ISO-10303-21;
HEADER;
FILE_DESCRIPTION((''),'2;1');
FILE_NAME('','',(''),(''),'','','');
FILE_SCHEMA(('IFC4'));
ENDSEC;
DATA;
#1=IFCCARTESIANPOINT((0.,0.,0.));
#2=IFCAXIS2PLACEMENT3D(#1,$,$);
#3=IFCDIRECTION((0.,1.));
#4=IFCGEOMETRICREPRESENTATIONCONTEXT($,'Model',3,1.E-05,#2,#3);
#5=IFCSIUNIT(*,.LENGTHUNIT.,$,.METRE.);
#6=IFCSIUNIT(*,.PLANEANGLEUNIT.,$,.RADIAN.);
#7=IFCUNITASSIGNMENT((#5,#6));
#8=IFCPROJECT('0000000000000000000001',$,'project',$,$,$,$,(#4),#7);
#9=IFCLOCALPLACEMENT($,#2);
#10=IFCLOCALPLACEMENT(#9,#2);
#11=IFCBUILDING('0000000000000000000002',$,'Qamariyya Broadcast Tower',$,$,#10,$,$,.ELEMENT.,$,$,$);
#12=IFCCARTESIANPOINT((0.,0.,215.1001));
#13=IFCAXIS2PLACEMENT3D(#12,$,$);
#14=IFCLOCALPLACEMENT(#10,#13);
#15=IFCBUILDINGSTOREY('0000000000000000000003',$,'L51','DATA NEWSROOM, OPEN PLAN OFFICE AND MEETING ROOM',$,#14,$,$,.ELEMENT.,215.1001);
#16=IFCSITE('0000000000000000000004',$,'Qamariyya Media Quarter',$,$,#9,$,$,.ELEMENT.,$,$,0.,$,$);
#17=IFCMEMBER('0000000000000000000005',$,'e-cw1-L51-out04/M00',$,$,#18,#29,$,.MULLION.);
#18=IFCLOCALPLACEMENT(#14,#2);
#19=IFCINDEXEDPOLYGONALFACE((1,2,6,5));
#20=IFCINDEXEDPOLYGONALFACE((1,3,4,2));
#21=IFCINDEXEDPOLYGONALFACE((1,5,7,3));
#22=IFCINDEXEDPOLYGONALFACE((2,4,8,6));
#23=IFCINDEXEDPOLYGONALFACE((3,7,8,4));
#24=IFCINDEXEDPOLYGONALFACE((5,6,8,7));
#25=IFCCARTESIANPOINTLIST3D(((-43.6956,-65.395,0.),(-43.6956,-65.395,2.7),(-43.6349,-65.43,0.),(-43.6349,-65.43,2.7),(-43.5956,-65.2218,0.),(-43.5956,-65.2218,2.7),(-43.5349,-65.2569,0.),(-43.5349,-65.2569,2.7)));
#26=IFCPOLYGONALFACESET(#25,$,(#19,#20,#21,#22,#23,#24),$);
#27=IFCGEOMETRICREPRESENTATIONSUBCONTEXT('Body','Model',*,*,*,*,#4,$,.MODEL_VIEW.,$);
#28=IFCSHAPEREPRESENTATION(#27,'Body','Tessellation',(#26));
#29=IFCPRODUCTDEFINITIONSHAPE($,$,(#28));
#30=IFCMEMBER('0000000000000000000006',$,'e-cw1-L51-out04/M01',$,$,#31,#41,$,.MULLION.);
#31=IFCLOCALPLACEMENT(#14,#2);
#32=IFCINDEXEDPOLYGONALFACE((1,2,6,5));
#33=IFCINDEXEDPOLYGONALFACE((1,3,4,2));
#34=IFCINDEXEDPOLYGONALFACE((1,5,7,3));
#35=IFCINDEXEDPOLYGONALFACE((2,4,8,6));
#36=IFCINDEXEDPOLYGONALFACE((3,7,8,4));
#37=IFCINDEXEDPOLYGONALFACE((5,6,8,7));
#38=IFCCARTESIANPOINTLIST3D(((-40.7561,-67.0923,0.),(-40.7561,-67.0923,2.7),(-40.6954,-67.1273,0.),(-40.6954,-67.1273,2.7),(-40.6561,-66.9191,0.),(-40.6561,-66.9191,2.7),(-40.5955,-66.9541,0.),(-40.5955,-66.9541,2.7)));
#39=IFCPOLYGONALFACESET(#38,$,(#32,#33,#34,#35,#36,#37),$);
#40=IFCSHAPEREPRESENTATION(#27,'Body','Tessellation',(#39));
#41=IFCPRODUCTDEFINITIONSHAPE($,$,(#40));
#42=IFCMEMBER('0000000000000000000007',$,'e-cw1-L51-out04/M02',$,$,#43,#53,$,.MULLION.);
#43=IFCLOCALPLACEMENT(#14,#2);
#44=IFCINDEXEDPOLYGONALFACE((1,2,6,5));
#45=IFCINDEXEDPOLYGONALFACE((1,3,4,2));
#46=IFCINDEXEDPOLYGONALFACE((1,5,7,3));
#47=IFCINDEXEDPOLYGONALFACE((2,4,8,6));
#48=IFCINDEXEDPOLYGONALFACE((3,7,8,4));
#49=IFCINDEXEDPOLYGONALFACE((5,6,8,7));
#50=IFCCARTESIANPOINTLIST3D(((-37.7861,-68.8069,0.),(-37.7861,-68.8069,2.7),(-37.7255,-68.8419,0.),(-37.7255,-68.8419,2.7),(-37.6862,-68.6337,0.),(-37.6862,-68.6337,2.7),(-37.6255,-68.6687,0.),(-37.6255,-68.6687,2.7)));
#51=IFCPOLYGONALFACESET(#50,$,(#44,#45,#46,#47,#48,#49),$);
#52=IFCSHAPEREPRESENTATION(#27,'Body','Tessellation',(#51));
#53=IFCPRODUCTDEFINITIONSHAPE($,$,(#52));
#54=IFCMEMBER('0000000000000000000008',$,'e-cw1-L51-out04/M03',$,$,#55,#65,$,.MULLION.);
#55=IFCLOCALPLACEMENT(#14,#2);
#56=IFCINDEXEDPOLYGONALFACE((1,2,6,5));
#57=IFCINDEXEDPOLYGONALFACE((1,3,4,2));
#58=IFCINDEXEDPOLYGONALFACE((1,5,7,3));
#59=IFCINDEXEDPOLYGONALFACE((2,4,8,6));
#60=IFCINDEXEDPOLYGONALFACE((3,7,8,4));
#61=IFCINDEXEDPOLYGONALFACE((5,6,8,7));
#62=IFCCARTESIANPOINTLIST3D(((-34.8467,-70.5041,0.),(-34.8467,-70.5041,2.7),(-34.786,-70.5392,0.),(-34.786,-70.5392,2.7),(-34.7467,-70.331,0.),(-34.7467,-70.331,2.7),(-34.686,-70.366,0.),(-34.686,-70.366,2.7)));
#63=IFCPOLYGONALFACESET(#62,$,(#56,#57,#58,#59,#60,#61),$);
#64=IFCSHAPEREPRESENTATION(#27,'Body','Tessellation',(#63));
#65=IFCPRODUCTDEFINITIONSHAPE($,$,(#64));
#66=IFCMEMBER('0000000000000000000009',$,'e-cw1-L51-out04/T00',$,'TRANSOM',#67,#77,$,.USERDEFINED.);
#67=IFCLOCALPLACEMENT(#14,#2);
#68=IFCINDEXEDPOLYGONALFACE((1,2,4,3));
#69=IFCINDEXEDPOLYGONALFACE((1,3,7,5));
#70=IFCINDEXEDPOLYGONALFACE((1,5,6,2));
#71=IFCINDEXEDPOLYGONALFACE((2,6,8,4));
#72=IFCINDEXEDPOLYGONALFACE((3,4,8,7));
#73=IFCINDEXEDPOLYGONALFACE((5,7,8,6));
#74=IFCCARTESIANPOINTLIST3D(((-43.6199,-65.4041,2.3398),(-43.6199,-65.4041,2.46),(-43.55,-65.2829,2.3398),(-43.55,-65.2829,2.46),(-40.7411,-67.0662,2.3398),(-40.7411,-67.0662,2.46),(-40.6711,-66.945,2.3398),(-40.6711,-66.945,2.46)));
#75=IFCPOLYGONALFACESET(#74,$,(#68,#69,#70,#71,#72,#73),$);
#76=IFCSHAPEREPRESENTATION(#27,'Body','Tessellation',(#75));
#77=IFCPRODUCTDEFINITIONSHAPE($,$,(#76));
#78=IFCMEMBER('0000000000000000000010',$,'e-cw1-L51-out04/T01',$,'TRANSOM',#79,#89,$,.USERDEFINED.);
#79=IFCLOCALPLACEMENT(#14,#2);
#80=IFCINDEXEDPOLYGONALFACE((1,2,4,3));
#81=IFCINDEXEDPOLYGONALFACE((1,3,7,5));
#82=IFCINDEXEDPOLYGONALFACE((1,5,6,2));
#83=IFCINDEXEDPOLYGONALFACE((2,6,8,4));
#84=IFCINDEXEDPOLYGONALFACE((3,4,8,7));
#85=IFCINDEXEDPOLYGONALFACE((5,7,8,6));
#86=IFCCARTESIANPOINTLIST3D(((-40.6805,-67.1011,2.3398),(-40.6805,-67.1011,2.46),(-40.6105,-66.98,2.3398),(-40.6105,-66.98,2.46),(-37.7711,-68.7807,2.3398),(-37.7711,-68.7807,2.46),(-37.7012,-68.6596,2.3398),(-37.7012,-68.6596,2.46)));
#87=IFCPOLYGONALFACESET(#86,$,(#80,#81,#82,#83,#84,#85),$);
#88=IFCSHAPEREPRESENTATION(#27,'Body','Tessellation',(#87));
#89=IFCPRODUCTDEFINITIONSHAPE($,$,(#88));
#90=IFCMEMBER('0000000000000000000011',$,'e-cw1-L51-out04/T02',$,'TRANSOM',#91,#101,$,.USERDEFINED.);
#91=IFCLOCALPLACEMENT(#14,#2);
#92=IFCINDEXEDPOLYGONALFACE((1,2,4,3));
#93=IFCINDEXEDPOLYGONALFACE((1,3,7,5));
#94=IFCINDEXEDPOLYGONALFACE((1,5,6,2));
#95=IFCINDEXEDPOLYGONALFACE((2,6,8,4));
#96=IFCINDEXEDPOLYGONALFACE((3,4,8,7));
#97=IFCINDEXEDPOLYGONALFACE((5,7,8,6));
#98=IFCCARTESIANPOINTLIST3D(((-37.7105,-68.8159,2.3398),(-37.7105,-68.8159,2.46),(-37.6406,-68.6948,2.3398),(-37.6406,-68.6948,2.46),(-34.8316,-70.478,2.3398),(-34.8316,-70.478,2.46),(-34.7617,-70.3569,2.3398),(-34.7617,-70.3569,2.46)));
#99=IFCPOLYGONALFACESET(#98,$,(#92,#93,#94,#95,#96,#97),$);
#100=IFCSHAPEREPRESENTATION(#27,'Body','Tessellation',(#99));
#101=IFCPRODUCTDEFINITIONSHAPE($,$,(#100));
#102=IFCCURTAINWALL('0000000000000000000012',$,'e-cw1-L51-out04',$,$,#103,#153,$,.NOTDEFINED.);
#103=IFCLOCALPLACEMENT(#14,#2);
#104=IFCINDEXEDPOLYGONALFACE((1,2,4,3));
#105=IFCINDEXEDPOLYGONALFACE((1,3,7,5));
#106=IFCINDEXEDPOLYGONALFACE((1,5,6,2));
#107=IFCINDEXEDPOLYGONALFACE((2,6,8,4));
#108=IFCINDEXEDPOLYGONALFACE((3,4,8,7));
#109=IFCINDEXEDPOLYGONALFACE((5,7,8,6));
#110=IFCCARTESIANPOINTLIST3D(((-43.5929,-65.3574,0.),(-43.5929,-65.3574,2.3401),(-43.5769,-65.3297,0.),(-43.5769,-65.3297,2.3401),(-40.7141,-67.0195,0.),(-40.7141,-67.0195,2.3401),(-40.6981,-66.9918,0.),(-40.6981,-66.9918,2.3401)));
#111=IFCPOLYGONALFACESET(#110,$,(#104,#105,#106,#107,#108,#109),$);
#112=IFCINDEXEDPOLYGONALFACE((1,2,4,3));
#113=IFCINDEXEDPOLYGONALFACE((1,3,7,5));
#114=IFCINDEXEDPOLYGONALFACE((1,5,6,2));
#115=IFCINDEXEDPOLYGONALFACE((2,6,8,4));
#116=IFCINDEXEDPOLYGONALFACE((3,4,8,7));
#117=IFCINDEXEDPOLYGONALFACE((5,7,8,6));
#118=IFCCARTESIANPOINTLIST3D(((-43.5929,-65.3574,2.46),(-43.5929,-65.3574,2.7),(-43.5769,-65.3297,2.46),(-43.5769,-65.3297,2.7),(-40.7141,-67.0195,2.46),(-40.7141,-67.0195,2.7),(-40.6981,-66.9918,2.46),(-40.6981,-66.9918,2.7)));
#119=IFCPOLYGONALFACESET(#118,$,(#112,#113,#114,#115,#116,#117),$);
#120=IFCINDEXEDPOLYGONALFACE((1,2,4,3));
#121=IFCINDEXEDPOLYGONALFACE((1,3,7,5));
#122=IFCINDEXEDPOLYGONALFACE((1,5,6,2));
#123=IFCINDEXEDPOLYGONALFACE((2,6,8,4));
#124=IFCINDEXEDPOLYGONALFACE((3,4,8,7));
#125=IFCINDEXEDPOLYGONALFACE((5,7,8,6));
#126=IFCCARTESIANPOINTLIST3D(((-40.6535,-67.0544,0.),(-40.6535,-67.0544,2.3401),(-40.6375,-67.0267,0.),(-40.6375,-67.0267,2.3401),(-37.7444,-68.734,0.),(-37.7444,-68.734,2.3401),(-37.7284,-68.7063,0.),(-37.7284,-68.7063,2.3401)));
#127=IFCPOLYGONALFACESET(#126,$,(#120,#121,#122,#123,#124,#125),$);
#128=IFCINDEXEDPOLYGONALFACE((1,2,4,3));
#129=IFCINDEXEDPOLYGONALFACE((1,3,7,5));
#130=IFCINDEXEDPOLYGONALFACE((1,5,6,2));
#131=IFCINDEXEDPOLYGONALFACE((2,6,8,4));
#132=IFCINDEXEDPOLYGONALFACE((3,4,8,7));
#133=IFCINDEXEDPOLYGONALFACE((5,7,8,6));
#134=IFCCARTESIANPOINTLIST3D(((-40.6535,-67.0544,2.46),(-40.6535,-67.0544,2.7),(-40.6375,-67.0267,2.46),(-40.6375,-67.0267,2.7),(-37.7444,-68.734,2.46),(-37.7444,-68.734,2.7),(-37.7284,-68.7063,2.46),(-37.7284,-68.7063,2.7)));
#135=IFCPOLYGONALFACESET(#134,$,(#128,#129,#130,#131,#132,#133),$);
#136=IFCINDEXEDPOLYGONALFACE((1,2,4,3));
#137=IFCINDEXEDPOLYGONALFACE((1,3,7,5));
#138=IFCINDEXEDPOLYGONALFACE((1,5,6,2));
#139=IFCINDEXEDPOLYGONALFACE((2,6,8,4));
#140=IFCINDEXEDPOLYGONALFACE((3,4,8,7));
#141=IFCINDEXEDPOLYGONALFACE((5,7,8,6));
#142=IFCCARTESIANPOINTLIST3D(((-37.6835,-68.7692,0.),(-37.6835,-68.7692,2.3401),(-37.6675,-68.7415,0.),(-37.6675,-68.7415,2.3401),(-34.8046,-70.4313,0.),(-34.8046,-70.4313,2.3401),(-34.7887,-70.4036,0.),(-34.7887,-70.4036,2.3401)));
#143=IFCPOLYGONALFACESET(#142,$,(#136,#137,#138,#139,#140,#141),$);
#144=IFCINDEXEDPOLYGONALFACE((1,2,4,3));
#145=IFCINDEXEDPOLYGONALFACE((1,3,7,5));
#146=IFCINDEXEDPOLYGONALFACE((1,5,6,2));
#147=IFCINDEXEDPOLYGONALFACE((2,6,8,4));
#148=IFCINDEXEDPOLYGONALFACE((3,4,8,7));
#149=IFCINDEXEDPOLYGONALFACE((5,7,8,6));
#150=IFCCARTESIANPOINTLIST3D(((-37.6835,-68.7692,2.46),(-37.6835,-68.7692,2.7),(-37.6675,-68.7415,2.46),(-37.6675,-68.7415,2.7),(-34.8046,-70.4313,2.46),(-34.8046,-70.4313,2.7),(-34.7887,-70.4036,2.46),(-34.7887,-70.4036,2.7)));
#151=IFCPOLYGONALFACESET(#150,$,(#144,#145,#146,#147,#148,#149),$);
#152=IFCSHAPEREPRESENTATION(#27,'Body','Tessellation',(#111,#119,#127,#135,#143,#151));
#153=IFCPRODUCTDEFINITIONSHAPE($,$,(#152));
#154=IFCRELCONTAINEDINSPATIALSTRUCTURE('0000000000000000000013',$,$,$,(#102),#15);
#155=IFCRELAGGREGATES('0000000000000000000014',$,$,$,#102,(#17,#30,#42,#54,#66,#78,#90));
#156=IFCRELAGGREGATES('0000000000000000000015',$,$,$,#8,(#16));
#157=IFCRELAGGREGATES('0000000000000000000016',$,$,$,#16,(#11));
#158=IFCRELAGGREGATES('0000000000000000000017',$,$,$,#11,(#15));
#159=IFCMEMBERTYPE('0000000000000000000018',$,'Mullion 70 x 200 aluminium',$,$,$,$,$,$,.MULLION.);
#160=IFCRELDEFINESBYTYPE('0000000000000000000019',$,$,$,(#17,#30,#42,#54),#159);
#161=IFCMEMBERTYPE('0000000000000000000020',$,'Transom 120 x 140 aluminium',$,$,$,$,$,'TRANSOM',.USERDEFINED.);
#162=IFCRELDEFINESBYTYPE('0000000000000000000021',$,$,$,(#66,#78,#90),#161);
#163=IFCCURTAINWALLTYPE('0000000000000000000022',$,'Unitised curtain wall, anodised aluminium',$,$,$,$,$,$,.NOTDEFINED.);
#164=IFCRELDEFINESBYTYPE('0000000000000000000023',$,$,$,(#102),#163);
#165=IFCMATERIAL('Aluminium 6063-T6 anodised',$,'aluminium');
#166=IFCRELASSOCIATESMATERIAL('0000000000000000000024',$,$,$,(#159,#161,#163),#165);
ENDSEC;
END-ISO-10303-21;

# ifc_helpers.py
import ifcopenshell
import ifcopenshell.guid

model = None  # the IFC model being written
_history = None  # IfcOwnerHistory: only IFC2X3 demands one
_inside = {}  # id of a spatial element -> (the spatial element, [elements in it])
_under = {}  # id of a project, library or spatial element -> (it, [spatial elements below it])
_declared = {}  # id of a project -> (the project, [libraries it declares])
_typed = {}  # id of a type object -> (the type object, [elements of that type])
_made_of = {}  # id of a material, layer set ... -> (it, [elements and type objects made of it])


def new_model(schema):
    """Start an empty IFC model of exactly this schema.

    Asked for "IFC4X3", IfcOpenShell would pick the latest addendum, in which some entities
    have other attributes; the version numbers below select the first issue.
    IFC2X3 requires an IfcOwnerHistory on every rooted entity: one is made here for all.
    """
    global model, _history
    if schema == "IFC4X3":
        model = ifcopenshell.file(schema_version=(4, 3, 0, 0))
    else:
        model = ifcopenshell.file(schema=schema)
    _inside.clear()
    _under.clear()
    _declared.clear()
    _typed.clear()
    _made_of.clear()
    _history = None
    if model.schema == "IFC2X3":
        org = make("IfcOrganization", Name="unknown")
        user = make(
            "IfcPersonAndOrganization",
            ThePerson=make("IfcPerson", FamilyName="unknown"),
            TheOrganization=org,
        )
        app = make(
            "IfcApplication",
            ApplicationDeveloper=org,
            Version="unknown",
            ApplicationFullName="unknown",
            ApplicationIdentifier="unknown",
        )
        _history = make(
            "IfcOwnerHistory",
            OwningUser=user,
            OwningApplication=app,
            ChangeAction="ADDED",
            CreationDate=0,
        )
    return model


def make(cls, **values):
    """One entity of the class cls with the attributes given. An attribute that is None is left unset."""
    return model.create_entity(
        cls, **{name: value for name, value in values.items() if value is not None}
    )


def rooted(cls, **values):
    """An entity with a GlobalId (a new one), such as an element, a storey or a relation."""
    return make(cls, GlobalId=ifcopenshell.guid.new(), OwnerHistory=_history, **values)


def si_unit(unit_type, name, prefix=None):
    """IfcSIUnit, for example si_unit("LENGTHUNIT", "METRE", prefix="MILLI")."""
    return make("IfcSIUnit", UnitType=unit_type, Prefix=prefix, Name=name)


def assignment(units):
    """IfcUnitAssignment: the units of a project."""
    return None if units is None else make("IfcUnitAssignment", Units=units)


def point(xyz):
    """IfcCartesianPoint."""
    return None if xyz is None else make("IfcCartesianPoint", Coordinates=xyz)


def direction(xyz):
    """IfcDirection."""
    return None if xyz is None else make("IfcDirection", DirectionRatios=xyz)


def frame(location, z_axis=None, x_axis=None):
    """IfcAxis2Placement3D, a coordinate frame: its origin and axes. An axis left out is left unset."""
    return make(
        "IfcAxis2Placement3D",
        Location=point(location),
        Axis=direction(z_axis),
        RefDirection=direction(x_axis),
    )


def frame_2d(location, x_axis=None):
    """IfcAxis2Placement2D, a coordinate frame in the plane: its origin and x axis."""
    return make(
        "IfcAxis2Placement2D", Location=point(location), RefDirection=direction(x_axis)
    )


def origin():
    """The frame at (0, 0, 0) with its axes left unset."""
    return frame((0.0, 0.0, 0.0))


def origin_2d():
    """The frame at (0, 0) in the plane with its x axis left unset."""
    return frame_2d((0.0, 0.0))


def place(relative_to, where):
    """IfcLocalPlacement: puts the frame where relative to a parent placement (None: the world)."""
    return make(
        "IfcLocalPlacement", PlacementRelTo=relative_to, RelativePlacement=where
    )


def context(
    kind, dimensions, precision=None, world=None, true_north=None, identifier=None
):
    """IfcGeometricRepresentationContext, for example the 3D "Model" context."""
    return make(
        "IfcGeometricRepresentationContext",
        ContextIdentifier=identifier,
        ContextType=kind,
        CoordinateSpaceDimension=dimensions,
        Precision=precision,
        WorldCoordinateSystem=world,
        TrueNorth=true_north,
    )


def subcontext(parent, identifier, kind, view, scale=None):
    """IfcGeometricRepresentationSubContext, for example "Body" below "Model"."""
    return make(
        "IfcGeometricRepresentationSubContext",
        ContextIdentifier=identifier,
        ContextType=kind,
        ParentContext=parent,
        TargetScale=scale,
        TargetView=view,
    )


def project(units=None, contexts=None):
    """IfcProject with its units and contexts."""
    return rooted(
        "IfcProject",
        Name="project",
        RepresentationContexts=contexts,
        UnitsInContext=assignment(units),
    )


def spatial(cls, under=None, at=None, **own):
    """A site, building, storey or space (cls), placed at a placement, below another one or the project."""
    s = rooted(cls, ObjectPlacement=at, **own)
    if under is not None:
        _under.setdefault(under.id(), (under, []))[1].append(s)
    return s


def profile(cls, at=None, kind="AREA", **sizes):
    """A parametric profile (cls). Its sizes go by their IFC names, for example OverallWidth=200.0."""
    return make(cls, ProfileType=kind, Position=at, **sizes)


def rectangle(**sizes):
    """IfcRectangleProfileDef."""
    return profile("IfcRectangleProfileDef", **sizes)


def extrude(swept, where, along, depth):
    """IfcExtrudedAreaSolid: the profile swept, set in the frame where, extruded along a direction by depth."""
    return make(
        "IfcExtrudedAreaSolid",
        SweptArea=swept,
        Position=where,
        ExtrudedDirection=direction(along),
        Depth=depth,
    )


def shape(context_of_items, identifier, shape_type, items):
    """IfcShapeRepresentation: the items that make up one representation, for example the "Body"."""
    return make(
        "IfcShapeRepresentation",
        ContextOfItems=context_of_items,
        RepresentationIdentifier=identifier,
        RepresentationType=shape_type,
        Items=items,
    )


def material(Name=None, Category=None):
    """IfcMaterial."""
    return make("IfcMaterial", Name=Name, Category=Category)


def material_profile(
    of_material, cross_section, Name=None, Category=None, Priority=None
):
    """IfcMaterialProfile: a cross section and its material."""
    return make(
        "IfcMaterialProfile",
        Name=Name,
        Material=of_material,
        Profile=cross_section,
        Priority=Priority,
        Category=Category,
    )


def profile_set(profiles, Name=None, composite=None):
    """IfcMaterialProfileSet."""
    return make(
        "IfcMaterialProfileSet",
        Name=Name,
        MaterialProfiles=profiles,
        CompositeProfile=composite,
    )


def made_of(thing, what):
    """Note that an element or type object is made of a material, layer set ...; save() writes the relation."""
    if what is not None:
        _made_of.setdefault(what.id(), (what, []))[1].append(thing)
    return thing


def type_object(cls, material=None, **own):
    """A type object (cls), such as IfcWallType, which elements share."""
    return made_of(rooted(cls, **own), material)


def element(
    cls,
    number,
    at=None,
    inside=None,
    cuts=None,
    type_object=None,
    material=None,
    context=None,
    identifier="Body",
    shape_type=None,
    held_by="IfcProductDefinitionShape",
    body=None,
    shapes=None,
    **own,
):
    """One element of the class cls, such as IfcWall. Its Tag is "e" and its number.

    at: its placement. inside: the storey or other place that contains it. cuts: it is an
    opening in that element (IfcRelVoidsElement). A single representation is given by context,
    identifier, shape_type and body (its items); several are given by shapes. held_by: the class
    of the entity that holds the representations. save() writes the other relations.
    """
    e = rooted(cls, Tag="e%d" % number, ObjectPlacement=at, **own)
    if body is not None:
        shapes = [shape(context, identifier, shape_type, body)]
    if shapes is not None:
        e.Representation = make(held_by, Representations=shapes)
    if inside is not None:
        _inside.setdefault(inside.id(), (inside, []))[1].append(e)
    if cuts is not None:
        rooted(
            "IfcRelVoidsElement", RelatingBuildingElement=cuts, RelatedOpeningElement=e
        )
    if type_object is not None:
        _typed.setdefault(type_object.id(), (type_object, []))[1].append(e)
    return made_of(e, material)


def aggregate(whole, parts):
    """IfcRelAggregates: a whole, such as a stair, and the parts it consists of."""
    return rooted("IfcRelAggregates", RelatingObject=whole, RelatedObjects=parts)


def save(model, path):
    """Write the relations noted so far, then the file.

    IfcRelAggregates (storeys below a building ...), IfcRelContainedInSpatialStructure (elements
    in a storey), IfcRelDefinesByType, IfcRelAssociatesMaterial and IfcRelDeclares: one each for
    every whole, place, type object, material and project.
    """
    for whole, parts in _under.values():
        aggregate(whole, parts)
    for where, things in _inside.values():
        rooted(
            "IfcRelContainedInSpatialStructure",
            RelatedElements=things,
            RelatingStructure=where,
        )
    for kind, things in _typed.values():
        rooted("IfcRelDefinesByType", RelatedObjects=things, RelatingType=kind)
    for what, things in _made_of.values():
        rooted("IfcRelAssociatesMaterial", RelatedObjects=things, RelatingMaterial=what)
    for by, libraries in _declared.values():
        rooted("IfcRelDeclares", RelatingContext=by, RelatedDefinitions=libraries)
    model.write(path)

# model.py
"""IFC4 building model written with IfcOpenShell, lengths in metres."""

from ifc_helpers import new_model, si_unit, direction, frame, origin, origin_2d, place, context, subcontext, project, spatial, rectangle, extrude, material, material_profile, profile_set, type_object, element, aggregate, save


model = new_model("IFC4")

# Units and contexts
model_context = context("Model", 3, precision=1e-05, world=origin(), true_north=direction((0.0, 1.0)))
body_context = subcontext(model_context, "Body", "Model", "MODEL_VIEW")
ifc_project = project(units=[si_unit("LENGTHUNIT", "METRE"), si_unit("PLANEANGLEUNIT", "RADIAN")], contexts=[model_context])

# Members
ifc_material = material(Name="Aluminium 6063-T6 anodised", Category="aluminium")
ifc_material_profile_1 = material_profile(ifc_material, rectangle(XDim=0.2, YDim=0.0701, at=origin_2d()))
ifc_profile_set_1 = profile_set([ifc_material_profile_1], Name="Aluminium 6063-T6 anodised")
member_type_1 = type_object("IfcMemberType", Name="Mullion 70 x 200 aluminium", PredefinedType="MULLION", material=ifc_profile_set_1)
site_placement = place(None, origin())
building_placement = place(site_placement, origin())
storey_placement = place(building_placement, frame((0.0, 0.0, 215.1001)))
member_1_placement = place(storey_placement, frame((-43.6152, -65.3259, 0.0), z_axis=(0.0, 0.0, 1.0), x_axis=(0.5, 0.866025, 0.0)))
member_1 = element("IfcMember", 1, at=member_1_placement, type_object=member_type_1, Name="e-cw1-L51-out04/M00", PredefinedType="MULLION", context=body_context, shape_type="SweptSolid", body=[
    extrude(rectangle(XDim=0.2, YDim=0.0701, at=origin_2d()), origin(), (0.0, 0.0, 1.0), 2.7),
])
member_2_placement = place(storey_placement, frame((-40.6758, -67.0232, 0.0), z_axis=(0.0, 0.0, 1.0), x_axis=(0.5, 0.866025, 0.0)))
member_2 = element("IfcMember", 2, at=member_2_placement, type_object=member_type_1, Name="e-cw1-L51-out04/M01", PredefinedType="MULLION", context=body_context, shape_type="SweptSolid", body=[
    extrude(rectangle(XDim=0.2, YDim=0.0701, at=origin_2d()), origin(), (0.0, 0.0, 1.0), 2.7),
])
member_3_placement = place(storey_placement, frame((-37.7058, -68.7378, 0.0), z_axis=(0.0, 0.0, 1.0), x_axis=(0.5, 0.866025, 0.0)))
member_3 = element("IfcMember", 3, at=member_3_placement, type_object=member_type_1, Name="e-cw1-L51-out04/M02", PredefinedType="MULLION", context=body_context, shape_type="SweptSolid", body=[
    extrude(rectangle(XDim=0.2, YDim=0.0701, at=origin_2d()), origin(), (0.0, 0.0, 1.0), 2.7),
])
member_4_placement = place(storey_placement, frame((-34.7664, -70.4351, 0.0), z_axis=(0.0, 0.0, 1.0), x_axis=(0.5, 0.866025, 0.0)))
member_4 = element("IfcMember", 4, at=member_4_placement, type_object=member_type_1, Name="e-cw1-L51-out04/M03", PredefinedType="MULLION", context=body_context, shape_type="SweptSolid", body=[
    extrude(rectangle(XDim=0.2, YDim=0.0701, at=origin_2d()), origin(), (0.0, 0.0, 1.0), 2.7),
])
ifc_material_profile_2 = material_profile(ifc_material, rectangle(XDim=0.1399, YDim=0.1201, at=origin_2d()))
ifc_profile_set_2 = profile_set([ifc_material_profile_2], Name="Aluminium 6063-T6 anodised")
member_type_2 = type_object("IfcMemberType", Name="Transom 120 x 140 aluminium", ElementType="TRANSOM", PredefinedType="USERDEFINED", material=ifc_profile_set_2)
member_5_placement = place(storey_placement, frame((-43.585, -65.3435, 2.3999), z_axis=(0.866029, -0.499994, 0.0), x_axis=(0.499994, 0.866029, 0.0)))
member_5 = element("IfcMember", 5, at=member_5_placement, type_object=member_type_2, Name="e-cw1-L51-out04/T00", ObjectType="TRANSOM", PredefinedType="USERDEFINED", context=body_context, shape_type="SweptSolid", body=[
    extrude(rectangle(XDim=0.1399, YDim=0.1201, at=origin_2d()), origin(), (0.0, 0.0, 1.0), 3.3242),
])
member_6_placement = place(storey_placement, frame((-40.6455, -67.0405, 2.3999), z_axis=(0.866034, -0.499985, 0.0), x_axis=(0.499985, 0.866034, 0.0)))
member_6 = element("IfcMember", 6, at=member_6_placement, type_object=member_type_2, Name="e-cw1-L51-out04/T01", ObjectType="TRANSOM", PredefinedType="USERDEFINED", context=body_context, shape_type="SweptSolid", body=[
    extrude(rectangle(XDim=0.1399, YDim=0.1201, at=origin_2d()), origin(), (0.0, 0.0, 1.0), 3.3594),
])
member_7_placement = place(storey_placement, frame((-37.6755, -68.7554, 2.3999), z_axis=(0.866029, -0.499994, 0.0), x_axis=(0.499994, 0.866029, 0.0)))
member_7 = element("IfcMember", 7, at=member_7_placement, type_object=member_type_2, Name="e-cw1-L51-out04/T02", ObjectType="TRANSOM", PredefinedType="USERDEFINED", context=body_context, shape_type="SweptSolid", body=[
    extrude(rectangle(XDim=0.1399, YDim=0.1201, at=origin_2d()), origin(), (0.0, 0.0, 1.0), 3.3242),
])

# Site, building, storey
site = spatial("IfcSite", under=ifc_project, at=site_placement, Name="Qamariyya Media Quarter", CompositionType="ELEMENT", RefElevation=0.0)
building = spatial("IfcBuilding", under=site, at=building_placement, Name="Qamariyya Broadcast Tower", CompositionType="ELEMENT")
storey = spatial("IfcBuildingStorey", under=building, at=storey_placement, Name="L51", Description="DATA NEWSROOM, OPEN PLAN OFFICE AND MEETING ROOM", CompositionType="ELEMENT", Elevation=215.1001)

# Curtain wall
curtain_wall_type = type_object("IfcCurtainWallType", Name="Unitised curtain wall, anodised aluminium", PredefinedType="NOTDEFINED", material=ifc_material)
curtain_wall_1_placement = place(storey_placement, origin())
curtain_wall_1 = element("IfcCurtainWall", 8, at=curtain_wall_1_placement, inside=storey, type_object=curtain_wall_type, Name="e-cw1-L51-out04", PredefinedType="NOTDEFINED", context=body_context, shape_type="SweptSolid", body=[
    extrude(rectangle(XDim=3.3242, YDim=0.032, at=origin_2d()), frame((-42.1455, -66.1746, 0.0), x_axis=(0.866028, -0.499996, 0.0)), (0.0, 0.0, 1.0), 2.3401),
    extrude(rectangle(XDim=3.3242, YDim=0.032, at=origin_2d()), frame((-42.1455, -66.1746, 2.46), x_axis=(0.866028, -0.499996, 0.0)), (0.0, 0.0, 1.0), 0.24),
    extrude(rectangle(XDim=3.3591, YDim=0.032, at=origin_2d()), frame((-39.1909, -67.8804, 0.0), x_axis=(0.866028, -0.499996, 0.0)), (0.0, 0.0, 1.0), 2.3401),
    extrude(rectangle(XDim=3.3591, YDim=0.032, at=origin_2d()), frame((-39.1909, -67.8804, 2.46), x_axis=(0.866028, -0.499996, 0.0)), (0.0, 0.0, 1.0), 0.24),
    extrude(rectangle(XDim=3.3242, YDim=0.032, at=origin_2d()), frame((-36.2361, -69.5864, 0.0), x_axis=(0.866028, -0.499996, 0.0)), (0.0, 0.0, 1.0), 2.3401),
    extrude(rectangle(XDim=3.3242, YDim=0.032, at=origin_2d()), frame((-36.2361, -69.5864, 2.46), x_axis=(0.866028, -0.499996, 0.0)), (0.0, 0.0, 1.0), 0.24),
])
aggregate(curtain_wall_1, [member_1, member_2, member_3, member_4, member_5, member_6, member_7])

save(model, "model.ifc")
